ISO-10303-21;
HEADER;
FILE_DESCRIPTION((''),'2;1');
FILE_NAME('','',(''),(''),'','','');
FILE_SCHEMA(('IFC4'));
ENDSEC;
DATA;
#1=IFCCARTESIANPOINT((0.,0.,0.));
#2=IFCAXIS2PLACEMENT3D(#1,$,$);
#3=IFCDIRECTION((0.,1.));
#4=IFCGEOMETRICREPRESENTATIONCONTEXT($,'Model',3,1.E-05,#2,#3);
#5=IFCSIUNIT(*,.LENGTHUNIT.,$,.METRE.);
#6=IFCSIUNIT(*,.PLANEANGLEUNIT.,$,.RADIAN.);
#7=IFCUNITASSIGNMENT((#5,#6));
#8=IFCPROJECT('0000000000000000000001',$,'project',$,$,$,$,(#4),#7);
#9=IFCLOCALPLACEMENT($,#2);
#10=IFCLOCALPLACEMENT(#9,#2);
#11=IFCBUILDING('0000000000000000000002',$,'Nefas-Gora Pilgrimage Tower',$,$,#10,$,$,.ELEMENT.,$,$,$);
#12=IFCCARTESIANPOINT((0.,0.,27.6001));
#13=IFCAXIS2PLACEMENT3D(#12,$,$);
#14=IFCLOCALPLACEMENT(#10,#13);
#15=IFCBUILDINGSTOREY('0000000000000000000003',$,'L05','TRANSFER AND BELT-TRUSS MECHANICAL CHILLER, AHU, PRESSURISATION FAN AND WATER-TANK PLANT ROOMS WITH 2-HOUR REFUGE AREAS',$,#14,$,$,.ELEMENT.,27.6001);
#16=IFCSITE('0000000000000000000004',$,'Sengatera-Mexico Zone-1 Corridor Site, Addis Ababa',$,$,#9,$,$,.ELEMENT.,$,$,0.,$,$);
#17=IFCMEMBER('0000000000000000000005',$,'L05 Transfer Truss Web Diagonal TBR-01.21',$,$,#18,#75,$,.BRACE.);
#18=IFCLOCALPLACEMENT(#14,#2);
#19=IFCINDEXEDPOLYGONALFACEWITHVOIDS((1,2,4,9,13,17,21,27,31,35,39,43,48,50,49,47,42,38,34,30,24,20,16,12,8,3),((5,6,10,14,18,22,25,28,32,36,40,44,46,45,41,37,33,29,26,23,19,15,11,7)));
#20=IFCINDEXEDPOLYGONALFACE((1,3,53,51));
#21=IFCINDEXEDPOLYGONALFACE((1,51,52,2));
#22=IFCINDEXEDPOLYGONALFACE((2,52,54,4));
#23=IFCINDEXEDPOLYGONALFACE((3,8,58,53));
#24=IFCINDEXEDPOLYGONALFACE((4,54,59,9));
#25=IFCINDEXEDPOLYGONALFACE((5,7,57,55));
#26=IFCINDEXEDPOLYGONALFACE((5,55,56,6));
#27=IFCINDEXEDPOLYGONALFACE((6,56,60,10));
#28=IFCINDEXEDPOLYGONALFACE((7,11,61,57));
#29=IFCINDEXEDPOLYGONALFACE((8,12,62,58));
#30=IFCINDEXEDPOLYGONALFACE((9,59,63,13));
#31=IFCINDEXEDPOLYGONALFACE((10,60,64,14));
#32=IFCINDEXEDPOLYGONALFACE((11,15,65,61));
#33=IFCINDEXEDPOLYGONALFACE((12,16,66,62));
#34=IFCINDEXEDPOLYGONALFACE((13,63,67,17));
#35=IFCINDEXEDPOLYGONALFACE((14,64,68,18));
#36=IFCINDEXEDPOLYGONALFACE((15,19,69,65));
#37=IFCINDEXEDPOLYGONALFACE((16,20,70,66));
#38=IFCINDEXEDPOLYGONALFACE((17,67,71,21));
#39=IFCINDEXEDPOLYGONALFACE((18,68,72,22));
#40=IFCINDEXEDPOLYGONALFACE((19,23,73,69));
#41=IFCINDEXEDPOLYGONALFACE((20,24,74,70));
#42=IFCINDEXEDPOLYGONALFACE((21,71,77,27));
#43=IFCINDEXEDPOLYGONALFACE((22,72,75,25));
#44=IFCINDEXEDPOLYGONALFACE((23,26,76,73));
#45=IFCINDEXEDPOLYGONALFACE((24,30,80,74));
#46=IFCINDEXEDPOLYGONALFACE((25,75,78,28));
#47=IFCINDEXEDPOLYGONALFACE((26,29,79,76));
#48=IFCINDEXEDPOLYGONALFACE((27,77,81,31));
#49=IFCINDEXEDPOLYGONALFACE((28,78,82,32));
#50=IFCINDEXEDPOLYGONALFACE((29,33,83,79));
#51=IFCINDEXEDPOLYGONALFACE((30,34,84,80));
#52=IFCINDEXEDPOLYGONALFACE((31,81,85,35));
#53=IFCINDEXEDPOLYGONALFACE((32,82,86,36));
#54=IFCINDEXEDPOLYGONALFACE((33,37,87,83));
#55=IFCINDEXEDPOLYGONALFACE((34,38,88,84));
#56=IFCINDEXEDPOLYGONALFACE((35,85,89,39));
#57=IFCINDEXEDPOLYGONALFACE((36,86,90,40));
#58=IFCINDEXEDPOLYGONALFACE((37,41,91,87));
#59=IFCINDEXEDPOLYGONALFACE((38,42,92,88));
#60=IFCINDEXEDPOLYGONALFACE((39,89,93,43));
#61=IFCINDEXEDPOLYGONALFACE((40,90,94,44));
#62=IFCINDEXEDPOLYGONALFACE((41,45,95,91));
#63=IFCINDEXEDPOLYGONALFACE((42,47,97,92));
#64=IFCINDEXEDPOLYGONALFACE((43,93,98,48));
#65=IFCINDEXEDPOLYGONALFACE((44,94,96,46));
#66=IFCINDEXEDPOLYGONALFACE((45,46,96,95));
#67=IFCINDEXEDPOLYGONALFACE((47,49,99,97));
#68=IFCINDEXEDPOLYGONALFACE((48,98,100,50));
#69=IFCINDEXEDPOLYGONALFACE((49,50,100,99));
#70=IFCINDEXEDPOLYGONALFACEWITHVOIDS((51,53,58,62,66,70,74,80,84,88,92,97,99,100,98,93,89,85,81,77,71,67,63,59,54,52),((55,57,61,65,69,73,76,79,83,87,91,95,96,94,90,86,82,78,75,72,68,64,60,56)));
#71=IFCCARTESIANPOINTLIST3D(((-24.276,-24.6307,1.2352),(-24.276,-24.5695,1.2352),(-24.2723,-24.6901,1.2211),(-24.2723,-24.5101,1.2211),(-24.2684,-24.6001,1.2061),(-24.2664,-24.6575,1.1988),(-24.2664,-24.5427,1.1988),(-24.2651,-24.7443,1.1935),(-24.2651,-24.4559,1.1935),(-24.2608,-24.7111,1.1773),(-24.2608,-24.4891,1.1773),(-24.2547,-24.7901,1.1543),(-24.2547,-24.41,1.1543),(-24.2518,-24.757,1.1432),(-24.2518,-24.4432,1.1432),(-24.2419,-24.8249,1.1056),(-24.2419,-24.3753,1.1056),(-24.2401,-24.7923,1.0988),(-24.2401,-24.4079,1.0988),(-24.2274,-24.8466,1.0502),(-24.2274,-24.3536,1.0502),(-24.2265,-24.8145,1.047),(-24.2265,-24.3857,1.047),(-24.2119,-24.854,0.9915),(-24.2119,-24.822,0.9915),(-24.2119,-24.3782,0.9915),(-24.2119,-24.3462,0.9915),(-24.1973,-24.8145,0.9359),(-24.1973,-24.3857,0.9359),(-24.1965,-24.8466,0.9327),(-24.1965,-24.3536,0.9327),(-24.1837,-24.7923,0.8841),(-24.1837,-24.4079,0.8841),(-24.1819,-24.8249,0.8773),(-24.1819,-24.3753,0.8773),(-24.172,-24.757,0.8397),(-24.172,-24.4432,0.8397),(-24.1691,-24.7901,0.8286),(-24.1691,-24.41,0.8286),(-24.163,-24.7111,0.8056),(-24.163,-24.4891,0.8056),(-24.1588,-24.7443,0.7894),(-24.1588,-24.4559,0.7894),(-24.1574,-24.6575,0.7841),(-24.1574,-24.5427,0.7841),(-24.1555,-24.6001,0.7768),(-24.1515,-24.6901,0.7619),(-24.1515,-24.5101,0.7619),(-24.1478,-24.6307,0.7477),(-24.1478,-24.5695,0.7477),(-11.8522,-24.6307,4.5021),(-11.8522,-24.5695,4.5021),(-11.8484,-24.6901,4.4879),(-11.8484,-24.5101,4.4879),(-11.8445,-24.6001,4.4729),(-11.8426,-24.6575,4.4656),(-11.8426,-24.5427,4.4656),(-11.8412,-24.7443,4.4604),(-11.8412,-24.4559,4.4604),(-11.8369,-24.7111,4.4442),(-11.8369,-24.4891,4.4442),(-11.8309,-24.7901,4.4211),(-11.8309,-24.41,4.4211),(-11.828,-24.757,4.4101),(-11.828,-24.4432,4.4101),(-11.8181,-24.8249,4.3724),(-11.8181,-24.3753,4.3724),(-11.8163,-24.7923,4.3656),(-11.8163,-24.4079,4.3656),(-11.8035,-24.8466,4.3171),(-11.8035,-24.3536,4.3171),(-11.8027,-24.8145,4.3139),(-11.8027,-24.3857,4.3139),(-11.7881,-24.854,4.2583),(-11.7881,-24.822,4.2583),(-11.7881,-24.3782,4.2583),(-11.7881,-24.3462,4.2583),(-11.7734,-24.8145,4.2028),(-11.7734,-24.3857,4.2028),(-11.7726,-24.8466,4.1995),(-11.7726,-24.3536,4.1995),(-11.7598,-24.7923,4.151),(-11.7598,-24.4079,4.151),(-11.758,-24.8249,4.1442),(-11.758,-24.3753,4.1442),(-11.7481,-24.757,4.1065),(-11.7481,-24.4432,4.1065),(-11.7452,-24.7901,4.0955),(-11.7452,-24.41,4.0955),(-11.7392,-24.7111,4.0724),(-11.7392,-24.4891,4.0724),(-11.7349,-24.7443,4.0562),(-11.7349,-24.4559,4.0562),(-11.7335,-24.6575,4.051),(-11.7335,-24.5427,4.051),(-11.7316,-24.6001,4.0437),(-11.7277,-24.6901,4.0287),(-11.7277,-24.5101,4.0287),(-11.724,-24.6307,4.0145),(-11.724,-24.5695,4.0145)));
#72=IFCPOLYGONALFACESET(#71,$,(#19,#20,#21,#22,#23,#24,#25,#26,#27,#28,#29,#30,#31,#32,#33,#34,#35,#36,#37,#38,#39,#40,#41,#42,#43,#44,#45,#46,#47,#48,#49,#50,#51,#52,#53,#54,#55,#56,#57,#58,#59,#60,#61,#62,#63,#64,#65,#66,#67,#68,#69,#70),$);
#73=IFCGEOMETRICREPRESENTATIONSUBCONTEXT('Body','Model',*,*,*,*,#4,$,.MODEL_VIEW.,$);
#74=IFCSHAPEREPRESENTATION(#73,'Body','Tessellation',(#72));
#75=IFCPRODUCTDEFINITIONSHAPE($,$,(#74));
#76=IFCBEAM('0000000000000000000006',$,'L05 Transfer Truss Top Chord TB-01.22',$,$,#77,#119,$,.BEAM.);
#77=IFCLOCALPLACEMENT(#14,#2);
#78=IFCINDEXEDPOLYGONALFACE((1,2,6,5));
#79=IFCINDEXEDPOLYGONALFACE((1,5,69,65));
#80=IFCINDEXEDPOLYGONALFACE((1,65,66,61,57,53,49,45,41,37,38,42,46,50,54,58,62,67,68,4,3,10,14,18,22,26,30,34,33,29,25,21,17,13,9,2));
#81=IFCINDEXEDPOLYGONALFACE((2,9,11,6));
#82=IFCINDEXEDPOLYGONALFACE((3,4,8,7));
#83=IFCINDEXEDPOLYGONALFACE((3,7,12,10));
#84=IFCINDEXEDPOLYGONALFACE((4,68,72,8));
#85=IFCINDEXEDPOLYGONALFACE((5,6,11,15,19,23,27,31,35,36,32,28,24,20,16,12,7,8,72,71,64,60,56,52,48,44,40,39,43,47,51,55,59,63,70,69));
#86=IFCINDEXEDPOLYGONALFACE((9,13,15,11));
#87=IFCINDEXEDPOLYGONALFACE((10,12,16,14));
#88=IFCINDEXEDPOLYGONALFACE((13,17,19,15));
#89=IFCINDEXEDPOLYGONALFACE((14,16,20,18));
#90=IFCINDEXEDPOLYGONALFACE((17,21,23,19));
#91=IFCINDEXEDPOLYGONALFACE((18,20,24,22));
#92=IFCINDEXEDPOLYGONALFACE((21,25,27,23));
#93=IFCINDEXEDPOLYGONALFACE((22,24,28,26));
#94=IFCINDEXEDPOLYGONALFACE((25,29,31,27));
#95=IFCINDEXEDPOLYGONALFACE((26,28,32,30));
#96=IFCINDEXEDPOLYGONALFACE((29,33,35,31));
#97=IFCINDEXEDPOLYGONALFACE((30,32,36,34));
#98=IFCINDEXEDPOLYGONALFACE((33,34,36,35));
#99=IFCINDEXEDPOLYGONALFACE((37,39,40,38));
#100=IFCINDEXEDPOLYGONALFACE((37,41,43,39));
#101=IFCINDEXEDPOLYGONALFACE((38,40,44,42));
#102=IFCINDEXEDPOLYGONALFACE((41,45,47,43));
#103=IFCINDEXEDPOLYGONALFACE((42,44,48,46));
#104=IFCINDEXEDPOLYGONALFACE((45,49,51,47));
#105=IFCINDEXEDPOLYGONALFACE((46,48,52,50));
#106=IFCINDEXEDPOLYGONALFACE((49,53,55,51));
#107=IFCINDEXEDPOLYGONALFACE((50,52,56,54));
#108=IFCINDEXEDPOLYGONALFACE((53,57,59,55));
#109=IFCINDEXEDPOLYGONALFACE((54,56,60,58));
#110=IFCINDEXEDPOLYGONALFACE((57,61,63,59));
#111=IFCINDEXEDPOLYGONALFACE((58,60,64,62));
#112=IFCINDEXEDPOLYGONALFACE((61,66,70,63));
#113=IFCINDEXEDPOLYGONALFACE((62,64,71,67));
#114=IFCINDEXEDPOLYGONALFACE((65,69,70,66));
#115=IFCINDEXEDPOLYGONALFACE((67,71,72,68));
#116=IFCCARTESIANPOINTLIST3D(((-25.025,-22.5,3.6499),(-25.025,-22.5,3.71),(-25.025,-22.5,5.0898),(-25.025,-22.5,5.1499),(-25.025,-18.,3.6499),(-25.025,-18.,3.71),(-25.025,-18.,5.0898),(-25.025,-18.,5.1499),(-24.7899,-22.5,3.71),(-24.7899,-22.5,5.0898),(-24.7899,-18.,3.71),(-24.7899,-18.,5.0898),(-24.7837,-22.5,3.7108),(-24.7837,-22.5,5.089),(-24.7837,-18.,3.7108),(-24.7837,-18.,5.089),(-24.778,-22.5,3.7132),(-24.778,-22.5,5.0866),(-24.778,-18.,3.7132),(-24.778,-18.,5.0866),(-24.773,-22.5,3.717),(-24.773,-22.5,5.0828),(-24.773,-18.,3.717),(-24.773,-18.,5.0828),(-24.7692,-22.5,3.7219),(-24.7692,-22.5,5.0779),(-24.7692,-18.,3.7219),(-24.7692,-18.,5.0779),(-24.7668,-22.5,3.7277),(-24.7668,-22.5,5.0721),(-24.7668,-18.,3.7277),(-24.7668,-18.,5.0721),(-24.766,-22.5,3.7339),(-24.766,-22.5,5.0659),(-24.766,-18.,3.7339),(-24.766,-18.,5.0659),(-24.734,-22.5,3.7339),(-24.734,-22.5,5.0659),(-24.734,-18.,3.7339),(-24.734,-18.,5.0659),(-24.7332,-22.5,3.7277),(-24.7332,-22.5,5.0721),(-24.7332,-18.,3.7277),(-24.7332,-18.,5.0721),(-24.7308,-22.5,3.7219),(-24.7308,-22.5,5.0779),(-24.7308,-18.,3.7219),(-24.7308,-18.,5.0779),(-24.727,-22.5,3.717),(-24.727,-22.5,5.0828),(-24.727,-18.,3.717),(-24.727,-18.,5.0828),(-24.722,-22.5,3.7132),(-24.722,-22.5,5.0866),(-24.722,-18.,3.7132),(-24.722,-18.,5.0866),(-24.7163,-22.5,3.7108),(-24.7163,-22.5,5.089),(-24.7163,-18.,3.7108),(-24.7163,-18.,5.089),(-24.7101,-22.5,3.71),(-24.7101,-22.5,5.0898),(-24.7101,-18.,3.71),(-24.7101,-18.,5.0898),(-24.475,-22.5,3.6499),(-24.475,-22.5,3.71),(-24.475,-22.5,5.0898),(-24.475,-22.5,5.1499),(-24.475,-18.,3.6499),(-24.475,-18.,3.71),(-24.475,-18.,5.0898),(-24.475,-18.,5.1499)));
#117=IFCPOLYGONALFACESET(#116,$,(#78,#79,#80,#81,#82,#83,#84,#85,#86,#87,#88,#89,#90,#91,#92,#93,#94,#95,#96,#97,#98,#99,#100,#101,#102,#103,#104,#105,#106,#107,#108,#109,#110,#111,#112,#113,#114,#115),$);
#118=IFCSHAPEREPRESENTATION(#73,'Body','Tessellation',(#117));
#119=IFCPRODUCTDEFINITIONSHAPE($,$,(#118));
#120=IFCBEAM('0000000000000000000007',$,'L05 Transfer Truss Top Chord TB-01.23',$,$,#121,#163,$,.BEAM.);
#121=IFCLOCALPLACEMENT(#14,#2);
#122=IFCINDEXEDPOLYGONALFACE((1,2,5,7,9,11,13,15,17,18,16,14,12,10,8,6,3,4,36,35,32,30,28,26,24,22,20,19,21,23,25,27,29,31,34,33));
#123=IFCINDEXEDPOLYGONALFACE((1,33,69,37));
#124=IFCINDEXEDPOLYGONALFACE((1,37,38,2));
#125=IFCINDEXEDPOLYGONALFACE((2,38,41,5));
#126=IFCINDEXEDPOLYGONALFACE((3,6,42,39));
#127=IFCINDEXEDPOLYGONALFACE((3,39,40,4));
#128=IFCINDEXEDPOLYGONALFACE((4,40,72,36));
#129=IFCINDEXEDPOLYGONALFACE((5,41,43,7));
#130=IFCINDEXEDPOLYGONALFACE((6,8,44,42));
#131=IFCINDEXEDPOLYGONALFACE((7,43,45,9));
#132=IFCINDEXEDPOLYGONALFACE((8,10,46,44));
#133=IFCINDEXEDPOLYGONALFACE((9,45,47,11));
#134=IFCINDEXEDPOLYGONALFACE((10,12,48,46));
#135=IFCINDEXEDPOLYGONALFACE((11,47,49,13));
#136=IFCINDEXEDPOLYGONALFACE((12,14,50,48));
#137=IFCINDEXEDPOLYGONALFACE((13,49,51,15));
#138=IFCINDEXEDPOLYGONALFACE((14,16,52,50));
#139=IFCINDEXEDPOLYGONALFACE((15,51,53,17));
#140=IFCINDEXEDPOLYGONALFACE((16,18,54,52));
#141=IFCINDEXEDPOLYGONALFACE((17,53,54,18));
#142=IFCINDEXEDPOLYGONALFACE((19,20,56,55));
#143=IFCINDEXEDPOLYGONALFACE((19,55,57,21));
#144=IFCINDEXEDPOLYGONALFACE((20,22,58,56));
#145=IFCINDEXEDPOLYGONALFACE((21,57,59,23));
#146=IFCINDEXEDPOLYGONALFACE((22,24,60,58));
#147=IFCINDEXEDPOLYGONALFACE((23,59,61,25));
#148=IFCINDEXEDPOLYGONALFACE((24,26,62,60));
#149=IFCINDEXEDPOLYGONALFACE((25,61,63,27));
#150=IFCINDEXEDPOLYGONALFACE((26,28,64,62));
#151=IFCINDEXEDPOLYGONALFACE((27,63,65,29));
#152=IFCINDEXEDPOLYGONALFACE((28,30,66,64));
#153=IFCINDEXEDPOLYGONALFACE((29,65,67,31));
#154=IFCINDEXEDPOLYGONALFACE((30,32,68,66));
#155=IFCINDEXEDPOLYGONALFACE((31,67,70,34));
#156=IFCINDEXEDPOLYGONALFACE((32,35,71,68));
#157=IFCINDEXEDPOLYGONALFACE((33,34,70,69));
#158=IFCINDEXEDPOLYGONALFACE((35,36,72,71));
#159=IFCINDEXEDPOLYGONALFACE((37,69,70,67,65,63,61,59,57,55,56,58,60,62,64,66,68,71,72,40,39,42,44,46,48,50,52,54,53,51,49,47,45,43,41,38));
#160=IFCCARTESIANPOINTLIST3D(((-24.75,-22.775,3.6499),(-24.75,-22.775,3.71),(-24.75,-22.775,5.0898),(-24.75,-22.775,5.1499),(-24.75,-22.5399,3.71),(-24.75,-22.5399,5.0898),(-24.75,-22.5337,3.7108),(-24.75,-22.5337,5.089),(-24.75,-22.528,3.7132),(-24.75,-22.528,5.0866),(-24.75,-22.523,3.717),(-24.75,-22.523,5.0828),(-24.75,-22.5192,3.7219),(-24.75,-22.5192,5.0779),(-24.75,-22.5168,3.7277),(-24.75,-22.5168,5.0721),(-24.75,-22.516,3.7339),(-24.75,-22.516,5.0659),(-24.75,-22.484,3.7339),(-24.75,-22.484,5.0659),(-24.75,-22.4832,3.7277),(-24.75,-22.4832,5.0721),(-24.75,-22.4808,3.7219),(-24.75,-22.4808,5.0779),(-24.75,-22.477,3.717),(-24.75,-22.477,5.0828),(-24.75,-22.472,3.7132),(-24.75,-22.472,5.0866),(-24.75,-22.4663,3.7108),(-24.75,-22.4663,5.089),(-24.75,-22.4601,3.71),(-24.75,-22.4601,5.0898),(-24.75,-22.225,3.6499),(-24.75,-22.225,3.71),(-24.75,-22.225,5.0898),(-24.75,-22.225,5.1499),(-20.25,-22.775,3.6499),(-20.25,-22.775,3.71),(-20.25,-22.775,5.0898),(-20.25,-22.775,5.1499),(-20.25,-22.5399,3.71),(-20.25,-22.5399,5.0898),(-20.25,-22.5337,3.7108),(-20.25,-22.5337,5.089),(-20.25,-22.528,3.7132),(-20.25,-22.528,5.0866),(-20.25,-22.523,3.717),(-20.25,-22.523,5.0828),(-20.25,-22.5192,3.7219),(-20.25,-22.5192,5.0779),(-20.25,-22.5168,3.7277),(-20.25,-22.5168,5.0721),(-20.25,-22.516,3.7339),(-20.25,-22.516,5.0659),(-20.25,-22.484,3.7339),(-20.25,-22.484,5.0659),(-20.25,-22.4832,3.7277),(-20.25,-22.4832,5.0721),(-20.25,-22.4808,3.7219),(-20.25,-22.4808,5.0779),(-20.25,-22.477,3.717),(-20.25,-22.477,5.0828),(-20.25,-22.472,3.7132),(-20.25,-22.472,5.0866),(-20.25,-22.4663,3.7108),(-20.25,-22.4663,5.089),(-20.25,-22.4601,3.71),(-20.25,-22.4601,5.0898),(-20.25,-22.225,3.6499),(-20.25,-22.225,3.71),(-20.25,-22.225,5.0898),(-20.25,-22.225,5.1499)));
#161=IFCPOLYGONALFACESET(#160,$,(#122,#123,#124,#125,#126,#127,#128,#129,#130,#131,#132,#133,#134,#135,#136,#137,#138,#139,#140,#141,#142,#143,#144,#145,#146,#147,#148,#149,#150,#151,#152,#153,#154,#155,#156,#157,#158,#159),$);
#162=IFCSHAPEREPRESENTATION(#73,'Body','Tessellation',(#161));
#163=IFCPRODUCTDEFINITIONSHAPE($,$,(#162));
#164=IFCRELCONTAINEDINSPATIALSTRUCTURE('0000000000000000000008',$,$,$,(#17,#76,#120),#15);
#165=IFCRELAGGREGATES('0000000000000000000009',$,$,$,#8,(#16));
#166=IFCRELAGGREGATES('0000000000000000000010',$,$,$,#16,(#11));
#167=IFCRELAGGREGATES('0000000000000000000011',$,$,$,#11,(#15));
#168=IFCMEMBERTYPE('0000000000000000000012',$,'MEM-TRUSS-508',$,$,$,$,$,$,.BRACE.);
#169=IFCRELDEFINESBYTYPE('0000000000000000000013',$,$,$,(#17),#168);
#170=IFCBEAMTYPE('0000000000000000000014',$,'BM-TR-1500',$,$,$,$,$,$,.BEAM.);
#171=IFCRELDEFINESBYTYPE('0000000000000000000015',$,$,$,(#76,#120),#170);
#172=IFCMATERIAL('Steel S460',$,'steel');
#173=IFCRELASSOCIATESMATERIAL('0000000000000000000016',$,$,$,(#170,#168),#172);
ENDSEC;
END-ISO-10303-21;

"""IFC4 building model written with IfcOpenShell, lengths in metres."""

from ifc_helpers import new_model, si_unit, direction, frame, origin, origin_2d, place, context, subcontext, project, spatial, hollow_circle, i_section, extrude, source, transform, mapped, material, material_profile, profile_set, type_object, element, save


model = new_model("IFC4")

# Units and contexts
model_context = context("Model", 3, precision=1e-05, world=origin(), true_north=direction((0.0, 1.0)))
body_context = subcontext(model_context, "Body", "Model", "MODEL_VIEW")
ifc_project = project(units=[si_unit("LENGTHUNIT", "METRE"), si_unit("PLANEANGLEUNIT", "RADIAN")], contexts=[model_context])

# Site, building, storey
site_placement = place(None, origin())
site = spatial("IfcSite", under=ifc_project, at=site_placement, Name="Sengatera-Mexico Zone-1 Corridor Site, Addis Ababa", CompositionType="ELEMENT", RefElevation=0.0)
building_placement = place(site_placement, origin())
building = spatial("IfcBuilding", under=site, at=building_placement, Name="Nefas-Gora Pilgrimage Tower", CompositionType="ELEMENT")
storey_placement = place(building_placement, frame((0.0, 0.0, 27.6001)))
storey = spatial("IfcBuildingStorey", under=building, at=storey_placement, Name="L05", Description="TRANSFER AND BELT-TRUSS MECHANICAL CHILLER, AHU, PRESSURISATION FAN AND WATER-TANK PLANT ROOMS WITH 2-HOUR REFUGE AREAS", CompositionType="ELEMENT", Elevation=27.6001)

# Shared definitions
ifc_material = material(Name="Steel S460", Category="steel")

# Shared definitions
ifc_material_profile_1 = material_profile(ifc_material, i_section(OverallWidth=0.55, OverallDepth=1.5, WebThickness=0.032, FlangeThickness=0.0601, FilletRadius=0.0239, at=origin_2d()), Name="WPG 1500x550x32x60")
ifc_profile_set_1 = profile_set([ifc_material_profile_1], Name="Steel S460")
beam_type_1 = type_object("IfcBeamType", Name="BM-TR-1500", PredefinedType="BEAM", material=ifc_profile_set_1)

# Member
ifc_material_profile_2 = material_profile(ifc_material, hollow_circle(Radius=0.2539, WallThickness=0.032, at=origin_2d()), Name="CHS 508x32")
ifc_profile_set_2 = profile_set([ifc_material_profile_2], Name="Steel S460")
member_type = type_object("IfcMemberType", Name="MEM-TRUSS-508", PredefinedType="BRACE", material=ifc_profile_set_2)
shared_shape_1 = source(origin(), body_context, "Body", "SweptSolid", [
    extrude(hollow_circle(Radius=0.2539, WallThickness=0.032, at=origin_2d()), origin(), (0.0, 0.0, 1.0), 12.8462),
])
member_placement = place(storey_placement, frame((-24.2119, -24.6001, 0.9915), z_axis=(0.967124, 0.0, 0.254305), x_axis=(0.0, 1.0, 0.0)))
element("IfcMember", 1, at=member_placement, inside=storey, type_object=member_type, Name="L05 Transfer Truss Web Diagonal TBR-01.21", PredefinedType="BRACE", context=body_context, shape_type="MappedRepresentation", body=[
    mapped(shared_shape_1, transform((0.0, 0.0, 0.0), x_axis=(1.0, 0.0, 0.0), y_axis=(0.0, 1.0, 0.0), z_axis=(0.0, 0.0, 1.0), scale=1.0)),
])

# Beams
shared_shape_2 = source(origin(), body_context, "Body", "SweptSolid", [
    extrude(i_section(OverallWidth=0.55, OverallDepth=1.5, WebThickness=0.032, FlangeThickness=0.0601, FilletRadius=0.0239, at=origin_2d()), origin(), (0.0, 0.0, 1.0), 4.5),
])
for number, where, z_axis, x_axis, name in (
    (2, (-24.75, -22.5, 4.3999), (0.0, 1.0, 0.0), (-1.0, 0.0, 0.0), "L05 Transfer Truss Top Chord TB-01.22"),
    (3, (-24.75, -22.5, 4.3999), (1.0, 0.0, 0.0), (0.0, 1.0, 0.0), "L05 Transfer Truss Top Chord TB-01.23"),
):
    element("IfcBeam", number, at=place(storey_placement, frame(where, z_axis=z_axis, x_axis=x_axis)), inside=storey, type_object=beam_type_1, Name=name, PredefinedType="BEAM", context=body_context, shape_type="MappedRepresentation", body=[
        mapped(shared_shape_2, transform((0.0, 0.0, 0.0), x_axis=(1.0, 0.0, 0.0), y_axis=(0.0, 1.0, 0.0), z_axis=(0.0, 0.0, 1.0), scale=1.0)),
    ])

save(model, "model.ifc")
